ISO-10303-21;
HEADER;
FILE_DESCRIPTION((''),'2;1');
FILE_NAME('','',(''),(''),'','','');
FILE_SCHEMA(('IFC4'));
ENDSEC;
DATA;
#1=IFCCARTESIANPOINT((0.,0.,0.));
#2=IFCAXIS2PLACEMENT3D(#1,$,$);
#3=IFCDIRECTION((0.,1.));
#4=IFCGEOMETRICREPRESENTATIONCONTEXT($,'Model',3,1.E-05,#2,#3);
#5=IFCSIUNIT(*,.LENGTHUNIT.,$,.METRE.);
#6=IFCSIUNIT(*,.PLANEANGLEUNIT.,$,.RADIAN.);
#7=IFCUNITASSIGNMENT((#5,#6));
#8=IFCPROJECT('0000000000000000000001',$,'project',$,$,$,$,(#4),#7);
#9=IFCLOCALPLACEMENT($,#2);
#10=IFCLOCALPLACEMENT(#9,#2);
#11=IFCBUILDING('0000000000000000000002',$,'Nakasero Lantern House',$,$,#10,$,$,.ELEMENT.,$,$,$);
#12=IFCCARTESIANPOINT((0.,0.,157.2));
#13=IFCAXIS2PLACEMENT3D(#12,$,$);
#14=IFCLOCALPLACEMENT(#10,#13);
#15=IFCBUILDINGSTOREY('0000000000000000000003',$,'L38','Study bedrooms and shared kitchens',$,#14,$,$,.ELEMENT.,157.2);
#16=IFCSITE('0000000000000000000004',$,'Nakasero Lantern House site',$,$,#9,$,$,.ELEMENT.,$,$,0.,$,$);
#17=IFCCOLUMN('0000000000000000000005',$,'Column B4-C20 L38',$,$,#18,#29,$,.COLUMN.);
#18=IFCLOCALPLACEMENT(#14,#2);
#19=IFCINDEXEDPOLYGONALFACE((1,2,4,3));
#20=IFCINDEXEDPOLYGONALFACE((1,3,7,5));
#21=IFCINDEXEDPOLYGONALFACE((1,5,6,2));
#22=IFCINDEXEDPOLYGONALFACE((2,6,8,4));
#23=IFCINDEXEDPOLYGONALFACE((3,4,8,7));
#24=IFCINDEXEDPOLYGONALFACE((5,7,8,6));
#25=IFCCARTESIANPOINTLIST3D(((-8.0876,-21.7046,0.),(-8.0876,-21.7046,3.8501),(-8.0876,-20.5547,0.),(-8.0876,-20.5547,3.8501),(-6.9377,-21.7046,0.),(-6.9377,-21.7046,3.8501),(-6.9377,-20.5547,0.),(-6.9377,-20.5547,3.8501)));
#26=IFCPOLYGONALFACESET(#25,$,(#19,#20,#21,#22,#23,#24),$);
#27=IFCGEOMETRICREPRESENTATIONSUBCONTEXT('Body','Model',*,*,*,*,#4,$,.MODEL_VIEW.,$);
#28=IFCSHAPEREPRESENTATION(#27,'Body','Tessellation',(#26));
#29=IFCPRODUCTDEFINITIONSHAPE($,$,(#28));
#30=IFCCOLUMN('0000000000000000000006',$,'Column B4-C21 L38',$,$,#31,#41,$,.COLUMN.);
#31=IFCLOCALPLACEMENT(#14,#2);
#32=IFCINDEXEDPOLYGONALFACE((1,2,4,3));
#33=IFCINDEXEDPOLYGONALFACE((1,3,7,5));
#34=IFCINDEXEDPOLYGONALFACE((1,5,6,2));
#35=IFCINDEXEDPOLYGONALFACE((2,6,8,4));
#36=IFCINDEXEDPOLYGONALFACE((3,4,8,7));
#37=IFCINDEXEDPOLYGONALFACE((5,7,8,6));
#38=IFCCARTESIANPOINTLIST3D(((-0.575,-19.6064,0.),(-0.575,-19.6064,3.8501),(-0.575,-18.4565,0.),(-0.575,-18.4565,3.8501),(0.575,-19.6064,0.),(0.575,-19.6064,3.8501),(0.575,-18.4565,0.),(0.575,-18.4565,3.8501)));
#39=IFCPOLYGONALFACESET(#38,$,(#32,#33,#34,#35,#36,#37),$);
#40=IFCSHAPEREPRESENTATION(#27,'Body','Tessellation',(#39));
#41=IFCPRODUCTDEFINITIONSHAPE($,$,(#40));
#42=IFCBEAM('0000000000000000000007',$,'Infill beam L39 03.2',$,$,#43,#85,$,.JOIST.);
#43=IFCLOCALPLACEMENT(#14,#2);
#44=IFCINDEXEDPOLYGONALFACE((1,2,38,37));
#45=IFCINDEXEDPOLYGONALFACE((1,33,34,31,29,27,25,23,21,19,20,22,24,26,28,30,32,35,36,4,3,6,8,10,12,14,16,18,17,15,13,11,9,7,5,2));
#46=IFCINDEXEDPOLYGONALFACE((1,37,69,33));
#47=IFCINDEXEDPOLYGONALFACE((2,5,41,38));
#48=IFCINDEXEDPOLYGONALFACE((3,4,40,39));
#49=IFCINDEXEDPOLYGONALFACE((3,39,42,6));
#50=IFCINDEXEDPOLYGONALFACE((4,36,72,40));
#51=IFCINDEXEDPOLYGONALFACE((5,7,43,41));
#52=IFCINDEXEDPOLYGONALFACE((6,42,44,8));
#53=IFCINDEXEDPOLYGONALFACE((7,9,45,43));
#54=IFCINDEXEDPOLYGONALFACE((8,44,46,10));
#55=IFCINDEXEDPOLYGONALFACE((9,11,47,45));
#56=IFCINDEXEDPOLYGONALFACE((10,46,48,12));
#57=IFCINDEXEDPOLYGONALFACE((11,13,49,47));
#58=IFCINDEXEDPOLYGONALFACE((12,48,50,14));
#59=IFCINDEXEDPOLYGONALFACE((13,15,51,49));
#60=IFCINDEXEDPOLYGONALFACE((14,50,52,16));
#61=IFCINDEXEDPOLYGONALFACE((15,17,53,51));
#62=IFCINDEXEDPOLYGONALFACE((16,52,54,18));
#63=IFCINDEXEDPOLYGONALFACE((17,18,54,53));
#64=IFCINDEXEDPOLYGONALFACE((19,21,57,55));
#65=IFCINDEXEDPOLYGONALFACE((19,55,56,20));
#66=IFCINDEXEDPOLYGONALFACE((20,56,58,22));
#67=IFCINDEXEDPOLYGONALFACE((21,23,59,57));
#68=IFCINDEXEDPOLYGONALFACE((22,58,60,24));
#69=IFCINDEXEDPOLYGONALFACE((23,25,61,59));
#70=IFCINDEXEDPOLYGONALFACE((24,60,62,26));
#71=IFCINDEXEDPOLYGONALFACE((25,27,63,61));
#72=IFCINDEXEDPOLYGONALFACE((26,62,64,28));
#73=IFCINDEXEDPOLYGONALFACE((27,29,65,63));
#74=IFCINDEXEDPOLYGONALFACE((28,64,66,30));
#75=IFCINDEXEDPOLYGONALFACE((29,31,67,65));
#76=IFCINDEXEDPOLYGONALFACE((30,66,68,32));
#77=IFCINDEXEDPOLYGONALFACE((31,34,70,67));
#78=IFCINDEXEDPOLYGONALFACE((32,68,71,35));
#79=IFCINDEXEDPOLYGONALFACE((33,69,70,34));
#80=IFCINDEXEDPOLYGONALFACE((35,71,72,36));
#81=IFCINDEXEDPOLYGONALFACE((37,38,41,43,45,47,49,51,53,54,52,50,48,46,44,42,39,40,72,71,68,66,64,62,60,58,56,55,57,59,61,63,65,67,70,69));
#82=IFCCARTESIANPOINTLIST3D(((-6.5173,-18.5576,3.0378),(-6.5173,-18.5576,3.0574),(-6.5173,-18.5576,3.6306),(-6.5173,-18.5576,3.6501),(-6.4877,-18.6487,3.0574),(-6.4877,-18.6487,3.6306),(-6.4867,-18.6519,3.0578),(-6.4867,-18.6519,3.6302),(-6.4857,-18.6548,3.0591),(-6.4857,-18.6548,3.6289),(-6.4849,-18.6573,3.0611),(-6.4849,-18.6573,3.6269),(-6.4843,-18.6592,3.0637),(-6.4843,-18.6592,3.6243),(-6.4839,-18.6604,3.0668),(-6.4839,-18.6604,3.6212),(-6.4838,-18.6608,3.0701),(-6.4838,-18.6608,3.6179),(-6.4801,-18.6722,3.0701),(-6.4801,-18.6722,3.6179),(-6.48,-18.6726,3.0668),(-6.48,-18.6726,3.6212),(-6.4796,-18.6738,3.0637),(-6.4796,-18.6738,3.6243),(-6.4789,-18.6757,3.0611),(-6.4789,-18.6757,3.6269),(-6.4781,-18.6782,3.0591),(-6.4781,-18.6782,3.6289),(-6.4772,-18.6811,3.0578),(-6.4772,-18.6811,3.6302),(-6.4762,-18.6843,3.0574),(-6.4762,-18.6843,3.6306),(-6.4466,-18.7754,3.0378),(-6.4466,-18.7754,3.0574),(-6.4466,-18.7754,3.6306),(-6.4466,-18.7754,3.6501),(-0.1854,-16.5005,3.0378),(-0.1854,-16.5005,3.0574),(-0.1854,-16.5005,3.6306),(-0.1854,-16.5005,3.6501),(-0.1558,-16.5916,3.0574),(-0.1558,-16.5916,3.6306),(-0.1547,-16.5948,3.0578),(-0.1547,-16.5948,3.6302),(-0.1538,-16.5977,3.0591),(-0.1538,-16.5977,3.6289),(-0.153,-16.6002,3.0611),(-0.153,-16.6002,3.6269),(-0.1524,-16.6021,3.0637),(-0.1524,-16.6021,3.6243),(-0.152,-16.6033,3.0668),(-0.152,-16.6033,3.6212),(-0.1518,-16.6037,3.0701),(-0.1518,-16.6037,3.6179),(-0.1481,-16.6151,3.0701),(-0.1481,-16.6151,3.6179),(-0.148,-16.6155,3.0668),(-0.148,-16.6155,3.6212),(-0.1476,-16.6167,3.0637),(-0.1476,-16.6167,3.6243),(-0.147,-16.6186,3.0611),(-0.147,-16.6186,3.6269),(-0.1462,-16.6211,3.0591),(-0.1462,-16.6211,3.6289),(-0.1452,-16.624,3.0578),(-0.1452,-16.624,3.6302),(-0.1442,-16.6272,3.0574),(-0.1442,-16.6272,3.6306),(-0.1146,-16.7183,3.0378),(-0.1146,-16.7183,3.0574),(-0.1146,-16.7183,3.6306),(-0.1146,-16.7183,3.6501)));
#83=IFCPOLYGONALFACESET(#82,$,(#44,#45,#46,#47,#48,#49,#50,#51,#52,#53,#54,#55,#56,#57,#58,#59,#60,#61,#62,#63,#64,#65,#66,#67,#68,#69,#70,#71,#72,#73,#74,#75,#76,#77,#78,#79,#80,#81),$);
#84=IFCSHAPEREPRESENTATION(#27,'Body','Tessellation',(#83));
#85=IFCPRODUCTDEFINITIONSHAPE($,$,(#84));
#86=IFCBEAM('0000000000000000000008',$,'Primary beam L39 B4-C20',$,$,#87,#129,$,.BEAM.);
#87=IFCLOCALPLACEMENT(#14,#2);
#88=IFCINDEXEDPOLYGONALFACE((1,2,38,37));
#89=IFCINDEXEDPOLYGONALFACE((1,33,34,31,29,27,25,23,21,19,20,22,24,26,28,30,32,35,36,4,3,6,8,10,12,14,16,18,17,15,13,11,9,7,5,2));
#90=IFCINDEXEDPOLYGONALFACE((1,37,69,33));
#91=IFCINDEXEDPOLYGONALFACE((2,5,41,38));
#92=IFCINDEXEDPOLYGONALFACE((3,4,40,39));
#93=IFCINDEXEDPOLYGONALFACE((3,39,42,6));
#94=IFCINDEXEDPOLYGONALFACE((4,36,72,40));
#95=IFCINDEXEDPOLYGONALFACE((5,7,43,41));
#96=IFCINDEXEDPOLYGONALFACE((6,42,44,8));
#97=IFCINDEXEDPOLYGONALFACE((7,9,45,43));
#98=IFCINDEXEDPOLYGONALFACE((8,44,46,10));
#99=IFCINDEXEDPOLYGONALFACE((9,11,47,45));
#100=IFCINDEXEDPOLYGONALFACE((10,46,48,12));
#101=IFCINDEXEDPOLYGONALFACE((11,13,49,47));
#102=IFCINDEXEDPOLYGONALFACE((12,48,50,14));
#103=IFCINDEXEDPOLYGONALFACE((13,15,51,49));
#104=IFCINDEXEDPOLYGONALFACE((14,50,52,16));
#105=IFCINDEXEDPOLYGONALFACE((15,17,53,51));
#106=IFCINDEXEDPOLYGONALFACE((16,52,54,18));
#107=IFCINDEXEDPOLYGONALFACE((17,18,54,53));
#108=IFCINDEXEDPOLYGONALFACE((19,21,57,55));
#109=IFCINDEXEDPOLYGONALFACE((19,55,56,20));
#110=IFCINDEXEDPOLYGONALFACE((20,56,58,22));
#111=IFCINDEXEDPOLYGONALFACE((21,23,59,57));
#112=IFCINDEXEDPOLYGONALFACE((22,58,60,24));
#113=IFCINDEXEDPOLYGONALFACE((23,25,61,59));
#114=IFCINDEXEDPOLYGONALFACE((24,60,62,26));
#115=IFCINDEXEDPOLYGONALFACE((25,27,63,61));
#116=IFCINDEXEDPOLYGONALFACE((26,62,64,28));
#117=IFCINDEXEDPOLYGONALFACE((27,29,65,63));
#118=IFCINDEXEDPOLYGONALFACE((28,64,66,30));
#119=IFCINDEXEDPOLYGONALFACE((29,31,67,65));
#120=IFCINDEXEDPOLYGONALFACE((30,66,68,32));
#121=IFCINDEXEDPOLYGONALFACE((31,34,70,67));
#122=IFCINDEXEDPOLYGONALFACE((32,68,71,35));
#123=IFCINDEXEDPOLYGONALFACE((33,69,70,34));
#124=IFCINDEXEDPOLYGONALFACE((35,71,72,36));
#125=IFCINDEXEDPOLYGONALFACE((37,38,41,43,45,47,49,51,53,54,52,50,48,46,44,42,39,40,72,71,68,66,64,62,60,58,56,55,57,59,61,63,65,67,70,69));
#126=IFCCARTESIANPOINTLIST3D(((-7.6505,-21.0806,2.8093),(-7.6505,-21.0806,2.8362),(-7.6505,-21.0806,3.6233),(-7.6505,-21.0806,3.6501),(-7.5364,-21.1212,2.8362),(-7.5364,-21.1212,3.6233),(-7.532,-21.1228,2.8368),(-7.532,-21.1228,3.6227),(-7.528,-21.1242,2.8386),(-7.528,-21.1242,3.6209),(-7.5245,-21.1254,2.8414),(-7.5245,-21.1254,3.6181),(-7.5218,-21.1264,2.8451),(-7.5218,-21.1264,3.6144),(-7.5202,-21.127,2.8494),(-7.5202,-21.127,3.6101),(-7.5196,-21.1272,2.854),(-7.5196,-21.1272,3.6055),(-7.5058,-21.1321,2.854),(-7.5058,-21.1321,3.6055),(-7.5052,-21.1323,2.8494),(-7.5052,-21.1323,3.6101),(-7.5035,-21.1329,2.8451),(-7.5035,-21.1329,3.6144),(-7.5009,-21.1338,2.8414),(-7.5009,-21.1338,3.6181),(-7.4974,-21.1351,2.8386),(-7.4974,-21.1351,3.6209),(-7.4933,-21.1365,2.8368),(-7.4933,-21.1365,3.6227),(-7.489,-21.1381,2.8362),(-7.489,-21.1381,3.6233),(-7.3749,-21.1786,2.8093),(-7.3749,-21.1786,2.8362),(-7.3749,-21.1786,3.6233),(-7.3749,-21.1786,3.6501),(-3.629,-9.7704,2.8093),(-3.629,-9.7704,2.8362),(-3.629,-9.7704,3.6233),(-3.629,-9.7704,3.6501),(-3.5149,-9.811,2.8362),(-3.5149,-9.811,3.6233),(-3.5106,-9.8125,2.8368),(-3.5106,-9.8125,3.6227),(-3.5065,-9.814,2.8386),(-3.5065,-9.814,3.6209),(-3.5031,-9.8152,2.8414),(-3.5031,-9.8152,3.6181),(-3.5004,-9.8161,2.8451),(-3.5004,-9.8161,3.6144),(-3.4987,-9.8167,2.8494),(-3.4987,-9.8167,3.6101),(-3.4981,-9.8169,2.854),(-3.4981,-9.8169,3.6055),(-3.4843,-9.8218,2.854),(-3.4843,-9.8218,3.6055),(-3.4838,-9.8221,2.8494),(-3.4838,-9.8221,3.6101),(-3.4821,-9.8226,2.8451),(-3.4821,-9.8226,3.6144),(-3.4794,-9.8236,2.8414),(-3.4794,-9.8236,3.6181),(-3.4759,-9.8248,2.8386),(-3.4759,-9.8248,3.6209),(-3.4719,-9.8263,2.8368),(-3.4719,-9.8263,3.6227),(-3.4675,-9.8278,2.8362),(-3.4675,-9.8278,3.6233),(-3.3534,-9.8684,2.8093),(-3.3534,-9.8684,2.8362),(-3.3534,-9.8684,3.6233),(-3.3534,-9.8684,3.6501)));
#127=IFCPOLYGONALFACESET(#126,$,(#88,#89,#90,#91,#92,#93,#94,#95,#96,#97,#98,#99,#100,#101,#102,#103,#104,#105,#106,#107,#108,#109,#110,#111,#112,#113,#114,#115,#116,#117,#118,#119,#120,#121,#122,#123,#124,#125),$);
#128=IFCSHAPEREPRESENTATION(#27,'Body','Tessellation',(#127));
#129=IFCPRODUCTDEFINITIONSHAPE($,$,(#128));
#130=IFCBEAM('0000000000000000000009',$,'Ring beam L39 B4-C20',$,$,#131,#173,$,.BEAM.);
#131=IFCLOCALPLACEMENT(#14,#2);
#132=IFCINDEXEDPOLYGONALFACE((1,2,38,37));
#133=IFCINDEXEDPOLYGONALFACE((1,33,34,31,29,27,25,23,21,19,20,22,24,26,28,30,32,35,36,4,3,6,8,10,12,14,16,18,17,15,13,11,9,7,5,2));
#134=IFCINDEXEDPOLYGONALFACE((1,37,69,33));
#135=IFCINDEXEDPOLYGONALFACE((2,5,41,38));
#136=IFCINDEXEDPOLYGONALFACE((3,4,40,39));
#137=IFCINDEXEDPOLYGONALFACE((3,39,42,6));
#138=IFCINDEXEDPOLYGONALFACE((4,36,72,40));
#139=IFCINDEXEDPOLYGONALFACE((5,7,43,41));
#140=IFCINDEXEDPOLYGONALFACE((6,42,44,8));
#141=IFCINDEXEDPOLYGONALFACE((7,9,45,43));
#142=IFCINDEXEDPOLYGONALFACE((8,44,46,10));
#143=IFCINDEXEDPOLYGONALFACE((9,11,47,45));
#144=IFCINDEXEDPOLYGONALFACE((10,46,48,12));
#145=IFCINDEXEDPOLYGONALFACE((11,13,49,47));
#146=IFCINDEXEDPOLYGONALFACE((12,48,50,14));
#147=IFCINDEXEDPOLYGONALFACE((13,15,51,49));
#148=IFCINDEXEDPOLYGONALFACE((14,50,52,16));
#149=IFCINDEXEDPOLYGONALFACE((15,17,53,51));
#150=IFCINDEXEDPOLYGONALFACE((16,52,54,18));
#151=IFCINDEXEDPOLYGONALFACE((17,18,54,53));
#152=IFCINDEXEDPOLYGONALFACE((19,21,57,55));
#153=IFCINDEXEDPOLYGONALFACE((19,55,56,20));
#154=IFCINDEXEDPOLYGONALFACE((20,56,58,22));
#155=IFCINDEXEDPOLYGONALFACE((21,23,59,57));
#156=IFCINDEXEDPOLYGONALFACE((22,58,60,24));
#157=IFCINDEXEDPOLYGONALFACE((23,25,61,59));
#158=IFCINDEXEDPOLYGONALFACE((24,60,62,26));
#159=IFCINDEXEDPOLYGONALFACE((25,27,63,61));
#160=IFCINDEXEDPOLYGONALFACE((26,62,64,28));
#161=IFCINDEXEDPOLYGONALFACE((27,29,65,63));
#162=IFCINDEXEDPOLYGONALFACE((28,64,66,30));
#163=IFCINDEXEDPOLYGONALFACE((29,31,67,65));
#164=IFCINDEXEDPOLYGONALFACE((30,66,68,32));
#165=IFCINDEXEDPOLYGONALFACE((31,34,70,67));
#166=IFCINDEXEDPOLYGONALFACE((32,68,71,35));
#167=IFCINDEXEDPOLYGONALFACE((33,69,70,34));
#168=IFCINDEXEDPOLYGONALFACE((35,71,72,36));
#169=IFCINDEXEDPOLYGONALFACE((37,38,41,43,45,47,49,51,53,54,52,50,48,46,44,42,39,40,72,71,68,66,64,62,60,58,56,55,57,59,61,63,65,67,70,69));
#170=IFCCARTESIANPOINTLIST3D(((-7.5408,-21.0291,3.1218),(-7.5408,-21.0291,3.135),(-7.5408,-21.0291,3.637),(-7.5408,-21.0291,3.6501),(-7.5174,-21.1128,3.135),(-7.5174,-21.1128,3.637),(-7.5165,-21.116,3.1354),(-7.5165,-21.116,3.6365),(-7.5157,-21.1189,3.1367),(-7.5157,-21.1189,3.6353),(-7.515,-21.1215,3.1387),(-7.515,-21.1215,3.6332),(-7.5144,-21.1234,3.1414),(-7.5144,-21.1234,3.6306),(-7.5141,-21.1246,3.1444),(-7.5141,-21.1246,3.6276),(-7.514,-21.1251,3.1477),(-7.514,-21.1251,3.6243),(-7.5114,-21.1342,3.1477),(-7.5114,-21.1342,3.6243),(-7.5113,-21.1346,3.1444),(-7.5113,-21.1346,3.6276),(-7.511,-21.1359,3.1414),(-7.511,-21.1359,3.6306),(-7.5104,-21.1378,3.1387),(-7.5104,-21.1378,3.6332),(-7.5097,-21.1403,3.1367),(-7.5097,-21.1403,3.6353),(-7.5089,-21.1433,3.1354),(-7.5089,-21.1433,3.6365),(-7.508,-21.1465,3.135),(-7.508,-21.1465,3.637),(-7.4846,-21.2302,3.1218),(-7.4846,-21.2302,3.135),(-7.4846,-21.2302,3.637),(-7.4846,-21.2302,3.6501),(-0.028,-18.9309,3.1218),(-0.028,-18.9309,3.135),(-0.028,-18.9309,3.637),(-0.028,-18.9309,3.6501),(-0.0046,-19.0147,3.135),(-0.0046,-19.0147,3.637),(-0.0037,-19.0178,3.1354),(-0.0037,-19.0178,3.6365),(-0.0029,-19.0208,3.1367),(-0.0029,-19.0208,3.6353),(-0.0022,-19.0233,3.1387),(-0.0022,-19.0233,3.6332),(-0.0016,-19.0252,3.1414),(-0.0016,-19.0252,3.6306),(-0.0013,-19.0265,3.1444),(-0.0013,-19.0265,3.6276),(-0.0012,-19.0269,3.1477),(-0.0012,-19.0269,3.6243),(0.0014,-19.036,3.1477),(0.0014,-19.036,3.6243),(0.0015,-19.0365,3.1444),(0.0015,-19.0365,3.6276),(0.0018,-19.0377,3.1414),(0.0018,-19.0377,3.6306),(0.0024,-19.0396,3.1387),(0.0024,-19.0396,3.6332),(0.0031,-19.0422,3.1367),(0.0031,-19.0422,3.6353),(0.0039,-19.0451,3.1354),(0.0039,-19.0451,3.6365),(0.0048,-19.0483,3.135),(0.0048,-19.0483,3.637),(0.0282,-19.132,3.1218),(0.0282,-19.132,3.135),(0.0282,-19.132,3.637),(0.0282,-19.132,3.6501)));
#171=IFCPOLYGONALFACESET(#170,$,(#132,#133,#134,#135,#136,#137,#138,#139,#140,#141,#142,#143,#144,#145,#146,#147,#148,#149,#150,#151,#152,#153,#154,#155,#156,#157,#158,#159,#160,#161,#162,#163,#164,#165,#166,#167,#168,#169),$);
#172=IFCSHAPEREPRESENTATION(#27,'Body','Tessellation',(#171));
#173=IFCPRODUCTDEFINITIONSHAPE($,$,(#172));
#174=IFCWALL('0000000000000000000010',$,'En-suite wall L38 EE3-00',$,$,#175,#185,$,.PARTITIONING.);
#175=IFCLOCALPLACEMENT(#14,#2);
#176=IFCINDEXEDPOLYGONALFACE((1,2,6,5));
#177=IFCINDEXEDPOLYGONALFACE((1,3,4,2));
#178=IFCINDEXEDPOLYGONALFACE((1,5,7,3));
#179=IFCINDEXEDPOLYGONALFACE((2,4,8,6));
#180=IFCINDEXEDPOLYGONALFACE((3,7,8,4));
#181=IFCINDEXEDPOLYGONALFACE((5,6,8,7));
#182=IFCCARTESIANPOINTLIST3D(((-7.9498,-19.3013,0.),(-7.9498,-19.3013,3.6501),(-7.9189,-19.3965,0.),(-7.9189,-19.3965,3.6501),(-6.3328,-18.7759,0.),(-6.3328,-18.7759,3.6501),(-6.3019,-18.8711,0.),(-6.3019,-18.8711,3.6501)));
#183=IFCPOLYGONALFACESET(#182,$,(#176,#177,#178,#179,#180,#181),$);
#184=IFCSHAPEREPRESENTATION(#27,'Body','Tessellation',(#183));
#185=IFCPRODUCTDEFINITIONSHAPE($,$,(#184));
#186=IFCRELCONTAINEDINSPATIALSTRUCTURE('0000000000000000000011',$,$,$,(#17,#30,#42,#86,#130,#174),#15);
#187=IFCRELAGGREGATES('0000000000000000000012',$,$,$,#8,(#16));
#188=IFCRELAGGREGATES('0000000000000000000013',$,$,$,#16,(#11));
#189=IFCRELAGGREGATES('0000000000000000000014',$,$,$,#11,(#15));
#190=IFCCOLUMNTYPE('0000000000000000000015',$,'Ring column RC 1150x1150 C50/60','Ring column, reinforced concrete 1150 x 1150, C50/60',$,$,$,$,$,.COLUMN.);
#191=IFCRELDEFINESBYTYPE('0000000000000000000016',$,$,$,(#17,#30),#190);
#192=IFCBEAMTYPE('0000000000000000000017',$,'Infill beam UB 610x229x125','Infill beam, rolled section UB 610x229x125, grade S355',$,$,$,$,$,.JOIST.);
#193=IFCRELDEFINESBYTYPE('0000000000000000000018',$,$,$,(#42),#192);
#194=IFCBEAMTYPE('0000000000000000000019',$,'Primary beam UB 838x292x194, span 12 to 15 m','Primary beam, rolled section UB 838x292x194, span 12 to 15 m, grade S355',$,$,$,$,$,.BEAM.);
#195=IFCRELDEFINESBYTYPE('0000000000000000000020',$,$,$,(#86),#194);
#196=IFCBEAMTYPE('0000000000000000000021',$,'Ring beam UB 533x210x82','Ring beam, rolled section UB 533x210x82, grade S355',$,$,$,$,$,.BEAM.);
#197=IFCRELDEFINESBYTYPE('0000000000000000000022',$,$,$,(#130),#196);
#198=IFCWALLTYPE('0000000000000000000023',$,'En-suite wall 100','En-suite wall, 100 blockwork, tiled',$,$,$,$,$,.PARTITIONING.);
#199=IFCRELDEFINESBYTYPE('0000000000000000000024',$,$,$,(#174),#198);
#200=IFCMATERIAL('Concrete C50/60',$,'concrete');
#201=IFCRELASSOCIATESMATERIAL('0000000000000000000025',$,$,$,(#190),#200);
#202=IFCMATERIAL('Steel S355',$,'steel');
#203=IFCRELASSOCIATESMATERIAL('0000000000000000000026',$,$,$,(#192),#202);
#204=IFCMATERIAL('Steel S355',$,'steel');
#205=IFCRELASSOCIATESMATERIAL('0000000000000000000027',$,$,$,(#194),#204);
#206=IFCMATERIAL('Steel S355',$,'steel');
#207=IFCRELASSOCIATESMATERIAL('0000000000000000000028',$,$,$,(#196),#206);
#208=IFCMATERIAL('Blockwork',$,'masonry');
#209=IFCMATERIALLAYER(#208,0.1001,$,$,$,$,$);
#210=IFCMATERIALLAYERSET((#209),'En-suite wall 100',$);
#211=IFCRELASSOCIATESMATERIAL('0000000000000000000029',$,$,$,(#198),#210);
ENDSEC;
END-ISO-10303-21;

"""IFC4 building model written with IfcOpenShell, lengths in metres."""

from ifc_helpers import new_model, si_unit, direction, frame, frame_2d, origin, origin_2d, place, context, subcontext, project, spatial, rectangle, i_section, extrude, material, layer, layer_set, material_profile, profile_set, type_object, element, save


model = new_model("IFC4")

# Units and contexts
model_context = context("Model", 3, precision=1e-05, world=origin(), true_north=direction((0.0, 1.0)))
body_context = subcontext(model_context, "Body", "Model", "MODEL_VIEW")
ifc_project = project(units=[si_unit("LENGTHUNIT", "METRE"), si_unit("PLANEANGLEUNIT", "RADIAN")], contexts=[model_context])

# Site, building, storey
site_placement = place(None, origin())
site = spatial("IfcSite", under=ifc_project, at=site_placement, Name="Nakasero Lantern House site", CompositionType="ELEMENT", RefElevation=0.0)
building_placement = place(site_placement, origin())
building = spatial("IfcBuilding", under=site, at=building_placement, Name="Nakasero Lantern House", CompositionType="ELEMENT")
storey_placement = place(building_placement, frame((0.0, 0.0, 157.2)))
storey = spatial("IfcBuildingStorey", under=building, at=storey_placement, Name="L38", Description="Study bedrooms and shared kitchens", CompositionType="ELEMENT", Elevation=157.2)

# Columns
ifc_material_1 = material(Name="Concrete C50/60", Category="concrete")
ifc_material_profile_1 = material_profile(ifc_material_1, rectangle(XDim=1.1499, YDim=1.1499, at=origin_2d()), Name="RC 1150x1150")
ifc_profile_set_1 = profile_set([ifc_material_profile_1], Name="Concrete C50/60")
column_type = type_object("IfcColumnType", Name="Ring column RC 1150x1150 C50/60", Description="Ring column, reinforced concrete 1150 x 1150, C50/60", PredefinedType="COLUMN", material=ifc_profile_set_1)
for number, where, z_axis, x_axis, name in (
    (1, (-7.5127, -21.1296, 0.0), (0.0, 0.0, 1.0), (1.0, 0.0, 0.0), "Column B4-C20 L38"),
    (2, (0.0, -19.0315, 0.0), (0.0, 0.0, 1.0), (1.0, 0.0, 0.0), "Column B4-C21 L38"),
):
    element("IfcColumn", number, at=place(storey_placement, frame(where, z_axis=z_axis, x_axis=x_axis)), inside=storey, type_object=column_type, Name=name, PredefinedType="COLUMN", context=body_context, shape_type="SweptSolid", body=[
        extrude(rectangle(XDim=1.1499, YDim=1.1499, at=origin_2d()), origin(), (0.0, 0.0, 1.0), 3.8501),
    ])

# Beams
ifc_material_2 = material(Name="Steel S355", Category="steel")
ifc_material_profile_2 = material_profile(ifc_material_2, i_section(OverallWidth=0.229, OverallDepth=0.6123, WebThickness=0.012, FlangeThickness=0.0195, FilletRadius=0.0127, at=origin_2d()), Name="UB 610x229x125")
ifc_profile_set_2 = profile_set([ifc_material_profile_2], Name="Steel S355")
beam_type_1 = type_object("IfcBeamType", Name="Infill beam UB 610x229x125", Description="Infill beam, rolled section UB 610x229x125, grade S355", PredefinedType="JOIST", material=ifc_profile_set_2)
beam_1_placement = place(storey_placement, frame((-6.4819, -18.6665, 3.344), z_axis=(0.951069, 0.30898, 0.0), x_axis=(-0.30898, 0.951069, 0.0)))
element("IfcBeam", 3, at=beam_1_placement, inside=storey, type_object=beam_type_1, Name="Infill beam L39 03.2", PredefinedType="JOIST", context=body_context, shape_type="SweptSolid", body=[
    extrude(i_section(OverallWidth=0.229, OverallDepth=0.6123, WebThickness=0.012, FlangeThickness=0.0195, FilletRadius=0.0127, at=origin_2d()), origin(), (0.0, 0.0, 1.0), 6.6577),
])
ifc_material_3 = material(Name="Steel S355", Category="steel")
ifc_material_profile_3 = material_profile(ifc_material_3, i_section(OverallWidth=0.2925, OverallDepth=0.8408, WebThickness=0.0146, FlangeThickness=0.0269, FilletRadius=0.0178, at=origin_2d()), Name="UB 838x292x194")
ifc_profile_set_3 = profile_set([ifc_material_profile_3], Name="Steel S355")
beam_type_2 = type_object("IfcBeamType", Name="Primary beam UB 838x292x194, span 12 to 15 m", Description="Primary beam, rolled section UB 838x292x194, span 12 to 15 m, grade S355", PredefinedType="BEAM", material=ifc_profile_set_3)
beam_2_placement = place(storey_placement, frame((-7.5127, -21.1296, 3.2297), z_axis=(0.335013, 0.942214, 0.0), x_axis=(-0.942214, 0.335013, 0.0)))
element("IfcBeam", 4, at=beam_2_placement, inside=storey, type_object=beam_type_2, Name="Primary beam L39 B4-C20", PredefinedType="BEAM", context=body_context, shape_type="SweptSolid", body=[
    extrude(i_section(OverallWidth=0.2925, OverallDepth=0.8408, WebThickness=0.0146, FlangeThickness=0.0269, FilletRadius=0.0178, at=origin_2d()), origin(), (0.0, 0.0, 1.0), 12.0039),
])
ifc_material_4 = material(Name="Steel S355", Category="steel")
ifc_material_profile_4 = material_profile(ifc_material_4, i_section(OverallWidth=0.2087, OverallDepth=0.5283, WebThickness=0.0095, FlangeThickness=0.0132, FilletRadius=0.0127, at=origin_2d()), Name="UB 533x210x82")
ifc_profile_set_4 = profile_set([ifc_material_profile_4], Name="Steel S355")
beam_type_3 = type_object("IfcBeamType", Name="Ring beam UB 533x210x82", Description="Ring beam, rolled section UB 533x210x82, grade S355", PredefinedType="BEAM", material=ifc_profile_set_4)
beam_3_placement = place(storey_placement, frame((-7.5127, -21.1296, 3.386), z_axis=(0.963144, 0.268987, 0.0), x_axis=(-0.268987, 0.963144, 0.0)))
element("IfcBeam", 5, at=beam_3_placement, inside=storey, type_object=beam_type_3, Name="Ring beam L39 B4-C20", PredefinedType="BEAM", context=body_context, shape_type="SweptSolid", body=[
    extrude(i_section(OverallWidth=0.2087, OverallDepth=0.5283, WebThickness=0.0095, FlangeThickness=0.0132, FilletRadius=0.0127, at=origin_2d()), origin(), (0.0, 0.0, 1.0), 7.8003),
])

# Wall
ifc_material_5 = material(Name="Blockwork", Category="masonry")
ifc_layer_1 = layer(ifc_material_5, 0.1001)
ifc_layer_set_1 = layer_set([ifc_layer_1], Name="En-suite wall 100")
wall_type_1 = type_object("IfcWallType", Name="En-suite wall 100", Description="En-suite wall, 100 blockwork, tiled", PredefinedType="PARTITIONING", material=ifc_layer_set_1)
wall_1_placement = place(storey_placement, frame((-7.9343, -19.3489, 0.0), z_axis=(0.0, 0.0, 1.0), x_axis=(0.951054, 0.309024, 0.0)))
element("IfcWall", 6, at=wall_1_placement, inside=storey, type_object=wall_type_1, Name="En-suite wall L38 EE3-00", PredefinedType="PARTITIONING", context=body_context, shape_type="SweptSolid", body=[
    extrude(rectangle(XDim=1.7002, YDim=0.1001, at=frame_2d((0.8501, 0.0))), origin(), (0.0, 0.0, 1.0), 3.6501),
])

save(model, "model.ifc")
